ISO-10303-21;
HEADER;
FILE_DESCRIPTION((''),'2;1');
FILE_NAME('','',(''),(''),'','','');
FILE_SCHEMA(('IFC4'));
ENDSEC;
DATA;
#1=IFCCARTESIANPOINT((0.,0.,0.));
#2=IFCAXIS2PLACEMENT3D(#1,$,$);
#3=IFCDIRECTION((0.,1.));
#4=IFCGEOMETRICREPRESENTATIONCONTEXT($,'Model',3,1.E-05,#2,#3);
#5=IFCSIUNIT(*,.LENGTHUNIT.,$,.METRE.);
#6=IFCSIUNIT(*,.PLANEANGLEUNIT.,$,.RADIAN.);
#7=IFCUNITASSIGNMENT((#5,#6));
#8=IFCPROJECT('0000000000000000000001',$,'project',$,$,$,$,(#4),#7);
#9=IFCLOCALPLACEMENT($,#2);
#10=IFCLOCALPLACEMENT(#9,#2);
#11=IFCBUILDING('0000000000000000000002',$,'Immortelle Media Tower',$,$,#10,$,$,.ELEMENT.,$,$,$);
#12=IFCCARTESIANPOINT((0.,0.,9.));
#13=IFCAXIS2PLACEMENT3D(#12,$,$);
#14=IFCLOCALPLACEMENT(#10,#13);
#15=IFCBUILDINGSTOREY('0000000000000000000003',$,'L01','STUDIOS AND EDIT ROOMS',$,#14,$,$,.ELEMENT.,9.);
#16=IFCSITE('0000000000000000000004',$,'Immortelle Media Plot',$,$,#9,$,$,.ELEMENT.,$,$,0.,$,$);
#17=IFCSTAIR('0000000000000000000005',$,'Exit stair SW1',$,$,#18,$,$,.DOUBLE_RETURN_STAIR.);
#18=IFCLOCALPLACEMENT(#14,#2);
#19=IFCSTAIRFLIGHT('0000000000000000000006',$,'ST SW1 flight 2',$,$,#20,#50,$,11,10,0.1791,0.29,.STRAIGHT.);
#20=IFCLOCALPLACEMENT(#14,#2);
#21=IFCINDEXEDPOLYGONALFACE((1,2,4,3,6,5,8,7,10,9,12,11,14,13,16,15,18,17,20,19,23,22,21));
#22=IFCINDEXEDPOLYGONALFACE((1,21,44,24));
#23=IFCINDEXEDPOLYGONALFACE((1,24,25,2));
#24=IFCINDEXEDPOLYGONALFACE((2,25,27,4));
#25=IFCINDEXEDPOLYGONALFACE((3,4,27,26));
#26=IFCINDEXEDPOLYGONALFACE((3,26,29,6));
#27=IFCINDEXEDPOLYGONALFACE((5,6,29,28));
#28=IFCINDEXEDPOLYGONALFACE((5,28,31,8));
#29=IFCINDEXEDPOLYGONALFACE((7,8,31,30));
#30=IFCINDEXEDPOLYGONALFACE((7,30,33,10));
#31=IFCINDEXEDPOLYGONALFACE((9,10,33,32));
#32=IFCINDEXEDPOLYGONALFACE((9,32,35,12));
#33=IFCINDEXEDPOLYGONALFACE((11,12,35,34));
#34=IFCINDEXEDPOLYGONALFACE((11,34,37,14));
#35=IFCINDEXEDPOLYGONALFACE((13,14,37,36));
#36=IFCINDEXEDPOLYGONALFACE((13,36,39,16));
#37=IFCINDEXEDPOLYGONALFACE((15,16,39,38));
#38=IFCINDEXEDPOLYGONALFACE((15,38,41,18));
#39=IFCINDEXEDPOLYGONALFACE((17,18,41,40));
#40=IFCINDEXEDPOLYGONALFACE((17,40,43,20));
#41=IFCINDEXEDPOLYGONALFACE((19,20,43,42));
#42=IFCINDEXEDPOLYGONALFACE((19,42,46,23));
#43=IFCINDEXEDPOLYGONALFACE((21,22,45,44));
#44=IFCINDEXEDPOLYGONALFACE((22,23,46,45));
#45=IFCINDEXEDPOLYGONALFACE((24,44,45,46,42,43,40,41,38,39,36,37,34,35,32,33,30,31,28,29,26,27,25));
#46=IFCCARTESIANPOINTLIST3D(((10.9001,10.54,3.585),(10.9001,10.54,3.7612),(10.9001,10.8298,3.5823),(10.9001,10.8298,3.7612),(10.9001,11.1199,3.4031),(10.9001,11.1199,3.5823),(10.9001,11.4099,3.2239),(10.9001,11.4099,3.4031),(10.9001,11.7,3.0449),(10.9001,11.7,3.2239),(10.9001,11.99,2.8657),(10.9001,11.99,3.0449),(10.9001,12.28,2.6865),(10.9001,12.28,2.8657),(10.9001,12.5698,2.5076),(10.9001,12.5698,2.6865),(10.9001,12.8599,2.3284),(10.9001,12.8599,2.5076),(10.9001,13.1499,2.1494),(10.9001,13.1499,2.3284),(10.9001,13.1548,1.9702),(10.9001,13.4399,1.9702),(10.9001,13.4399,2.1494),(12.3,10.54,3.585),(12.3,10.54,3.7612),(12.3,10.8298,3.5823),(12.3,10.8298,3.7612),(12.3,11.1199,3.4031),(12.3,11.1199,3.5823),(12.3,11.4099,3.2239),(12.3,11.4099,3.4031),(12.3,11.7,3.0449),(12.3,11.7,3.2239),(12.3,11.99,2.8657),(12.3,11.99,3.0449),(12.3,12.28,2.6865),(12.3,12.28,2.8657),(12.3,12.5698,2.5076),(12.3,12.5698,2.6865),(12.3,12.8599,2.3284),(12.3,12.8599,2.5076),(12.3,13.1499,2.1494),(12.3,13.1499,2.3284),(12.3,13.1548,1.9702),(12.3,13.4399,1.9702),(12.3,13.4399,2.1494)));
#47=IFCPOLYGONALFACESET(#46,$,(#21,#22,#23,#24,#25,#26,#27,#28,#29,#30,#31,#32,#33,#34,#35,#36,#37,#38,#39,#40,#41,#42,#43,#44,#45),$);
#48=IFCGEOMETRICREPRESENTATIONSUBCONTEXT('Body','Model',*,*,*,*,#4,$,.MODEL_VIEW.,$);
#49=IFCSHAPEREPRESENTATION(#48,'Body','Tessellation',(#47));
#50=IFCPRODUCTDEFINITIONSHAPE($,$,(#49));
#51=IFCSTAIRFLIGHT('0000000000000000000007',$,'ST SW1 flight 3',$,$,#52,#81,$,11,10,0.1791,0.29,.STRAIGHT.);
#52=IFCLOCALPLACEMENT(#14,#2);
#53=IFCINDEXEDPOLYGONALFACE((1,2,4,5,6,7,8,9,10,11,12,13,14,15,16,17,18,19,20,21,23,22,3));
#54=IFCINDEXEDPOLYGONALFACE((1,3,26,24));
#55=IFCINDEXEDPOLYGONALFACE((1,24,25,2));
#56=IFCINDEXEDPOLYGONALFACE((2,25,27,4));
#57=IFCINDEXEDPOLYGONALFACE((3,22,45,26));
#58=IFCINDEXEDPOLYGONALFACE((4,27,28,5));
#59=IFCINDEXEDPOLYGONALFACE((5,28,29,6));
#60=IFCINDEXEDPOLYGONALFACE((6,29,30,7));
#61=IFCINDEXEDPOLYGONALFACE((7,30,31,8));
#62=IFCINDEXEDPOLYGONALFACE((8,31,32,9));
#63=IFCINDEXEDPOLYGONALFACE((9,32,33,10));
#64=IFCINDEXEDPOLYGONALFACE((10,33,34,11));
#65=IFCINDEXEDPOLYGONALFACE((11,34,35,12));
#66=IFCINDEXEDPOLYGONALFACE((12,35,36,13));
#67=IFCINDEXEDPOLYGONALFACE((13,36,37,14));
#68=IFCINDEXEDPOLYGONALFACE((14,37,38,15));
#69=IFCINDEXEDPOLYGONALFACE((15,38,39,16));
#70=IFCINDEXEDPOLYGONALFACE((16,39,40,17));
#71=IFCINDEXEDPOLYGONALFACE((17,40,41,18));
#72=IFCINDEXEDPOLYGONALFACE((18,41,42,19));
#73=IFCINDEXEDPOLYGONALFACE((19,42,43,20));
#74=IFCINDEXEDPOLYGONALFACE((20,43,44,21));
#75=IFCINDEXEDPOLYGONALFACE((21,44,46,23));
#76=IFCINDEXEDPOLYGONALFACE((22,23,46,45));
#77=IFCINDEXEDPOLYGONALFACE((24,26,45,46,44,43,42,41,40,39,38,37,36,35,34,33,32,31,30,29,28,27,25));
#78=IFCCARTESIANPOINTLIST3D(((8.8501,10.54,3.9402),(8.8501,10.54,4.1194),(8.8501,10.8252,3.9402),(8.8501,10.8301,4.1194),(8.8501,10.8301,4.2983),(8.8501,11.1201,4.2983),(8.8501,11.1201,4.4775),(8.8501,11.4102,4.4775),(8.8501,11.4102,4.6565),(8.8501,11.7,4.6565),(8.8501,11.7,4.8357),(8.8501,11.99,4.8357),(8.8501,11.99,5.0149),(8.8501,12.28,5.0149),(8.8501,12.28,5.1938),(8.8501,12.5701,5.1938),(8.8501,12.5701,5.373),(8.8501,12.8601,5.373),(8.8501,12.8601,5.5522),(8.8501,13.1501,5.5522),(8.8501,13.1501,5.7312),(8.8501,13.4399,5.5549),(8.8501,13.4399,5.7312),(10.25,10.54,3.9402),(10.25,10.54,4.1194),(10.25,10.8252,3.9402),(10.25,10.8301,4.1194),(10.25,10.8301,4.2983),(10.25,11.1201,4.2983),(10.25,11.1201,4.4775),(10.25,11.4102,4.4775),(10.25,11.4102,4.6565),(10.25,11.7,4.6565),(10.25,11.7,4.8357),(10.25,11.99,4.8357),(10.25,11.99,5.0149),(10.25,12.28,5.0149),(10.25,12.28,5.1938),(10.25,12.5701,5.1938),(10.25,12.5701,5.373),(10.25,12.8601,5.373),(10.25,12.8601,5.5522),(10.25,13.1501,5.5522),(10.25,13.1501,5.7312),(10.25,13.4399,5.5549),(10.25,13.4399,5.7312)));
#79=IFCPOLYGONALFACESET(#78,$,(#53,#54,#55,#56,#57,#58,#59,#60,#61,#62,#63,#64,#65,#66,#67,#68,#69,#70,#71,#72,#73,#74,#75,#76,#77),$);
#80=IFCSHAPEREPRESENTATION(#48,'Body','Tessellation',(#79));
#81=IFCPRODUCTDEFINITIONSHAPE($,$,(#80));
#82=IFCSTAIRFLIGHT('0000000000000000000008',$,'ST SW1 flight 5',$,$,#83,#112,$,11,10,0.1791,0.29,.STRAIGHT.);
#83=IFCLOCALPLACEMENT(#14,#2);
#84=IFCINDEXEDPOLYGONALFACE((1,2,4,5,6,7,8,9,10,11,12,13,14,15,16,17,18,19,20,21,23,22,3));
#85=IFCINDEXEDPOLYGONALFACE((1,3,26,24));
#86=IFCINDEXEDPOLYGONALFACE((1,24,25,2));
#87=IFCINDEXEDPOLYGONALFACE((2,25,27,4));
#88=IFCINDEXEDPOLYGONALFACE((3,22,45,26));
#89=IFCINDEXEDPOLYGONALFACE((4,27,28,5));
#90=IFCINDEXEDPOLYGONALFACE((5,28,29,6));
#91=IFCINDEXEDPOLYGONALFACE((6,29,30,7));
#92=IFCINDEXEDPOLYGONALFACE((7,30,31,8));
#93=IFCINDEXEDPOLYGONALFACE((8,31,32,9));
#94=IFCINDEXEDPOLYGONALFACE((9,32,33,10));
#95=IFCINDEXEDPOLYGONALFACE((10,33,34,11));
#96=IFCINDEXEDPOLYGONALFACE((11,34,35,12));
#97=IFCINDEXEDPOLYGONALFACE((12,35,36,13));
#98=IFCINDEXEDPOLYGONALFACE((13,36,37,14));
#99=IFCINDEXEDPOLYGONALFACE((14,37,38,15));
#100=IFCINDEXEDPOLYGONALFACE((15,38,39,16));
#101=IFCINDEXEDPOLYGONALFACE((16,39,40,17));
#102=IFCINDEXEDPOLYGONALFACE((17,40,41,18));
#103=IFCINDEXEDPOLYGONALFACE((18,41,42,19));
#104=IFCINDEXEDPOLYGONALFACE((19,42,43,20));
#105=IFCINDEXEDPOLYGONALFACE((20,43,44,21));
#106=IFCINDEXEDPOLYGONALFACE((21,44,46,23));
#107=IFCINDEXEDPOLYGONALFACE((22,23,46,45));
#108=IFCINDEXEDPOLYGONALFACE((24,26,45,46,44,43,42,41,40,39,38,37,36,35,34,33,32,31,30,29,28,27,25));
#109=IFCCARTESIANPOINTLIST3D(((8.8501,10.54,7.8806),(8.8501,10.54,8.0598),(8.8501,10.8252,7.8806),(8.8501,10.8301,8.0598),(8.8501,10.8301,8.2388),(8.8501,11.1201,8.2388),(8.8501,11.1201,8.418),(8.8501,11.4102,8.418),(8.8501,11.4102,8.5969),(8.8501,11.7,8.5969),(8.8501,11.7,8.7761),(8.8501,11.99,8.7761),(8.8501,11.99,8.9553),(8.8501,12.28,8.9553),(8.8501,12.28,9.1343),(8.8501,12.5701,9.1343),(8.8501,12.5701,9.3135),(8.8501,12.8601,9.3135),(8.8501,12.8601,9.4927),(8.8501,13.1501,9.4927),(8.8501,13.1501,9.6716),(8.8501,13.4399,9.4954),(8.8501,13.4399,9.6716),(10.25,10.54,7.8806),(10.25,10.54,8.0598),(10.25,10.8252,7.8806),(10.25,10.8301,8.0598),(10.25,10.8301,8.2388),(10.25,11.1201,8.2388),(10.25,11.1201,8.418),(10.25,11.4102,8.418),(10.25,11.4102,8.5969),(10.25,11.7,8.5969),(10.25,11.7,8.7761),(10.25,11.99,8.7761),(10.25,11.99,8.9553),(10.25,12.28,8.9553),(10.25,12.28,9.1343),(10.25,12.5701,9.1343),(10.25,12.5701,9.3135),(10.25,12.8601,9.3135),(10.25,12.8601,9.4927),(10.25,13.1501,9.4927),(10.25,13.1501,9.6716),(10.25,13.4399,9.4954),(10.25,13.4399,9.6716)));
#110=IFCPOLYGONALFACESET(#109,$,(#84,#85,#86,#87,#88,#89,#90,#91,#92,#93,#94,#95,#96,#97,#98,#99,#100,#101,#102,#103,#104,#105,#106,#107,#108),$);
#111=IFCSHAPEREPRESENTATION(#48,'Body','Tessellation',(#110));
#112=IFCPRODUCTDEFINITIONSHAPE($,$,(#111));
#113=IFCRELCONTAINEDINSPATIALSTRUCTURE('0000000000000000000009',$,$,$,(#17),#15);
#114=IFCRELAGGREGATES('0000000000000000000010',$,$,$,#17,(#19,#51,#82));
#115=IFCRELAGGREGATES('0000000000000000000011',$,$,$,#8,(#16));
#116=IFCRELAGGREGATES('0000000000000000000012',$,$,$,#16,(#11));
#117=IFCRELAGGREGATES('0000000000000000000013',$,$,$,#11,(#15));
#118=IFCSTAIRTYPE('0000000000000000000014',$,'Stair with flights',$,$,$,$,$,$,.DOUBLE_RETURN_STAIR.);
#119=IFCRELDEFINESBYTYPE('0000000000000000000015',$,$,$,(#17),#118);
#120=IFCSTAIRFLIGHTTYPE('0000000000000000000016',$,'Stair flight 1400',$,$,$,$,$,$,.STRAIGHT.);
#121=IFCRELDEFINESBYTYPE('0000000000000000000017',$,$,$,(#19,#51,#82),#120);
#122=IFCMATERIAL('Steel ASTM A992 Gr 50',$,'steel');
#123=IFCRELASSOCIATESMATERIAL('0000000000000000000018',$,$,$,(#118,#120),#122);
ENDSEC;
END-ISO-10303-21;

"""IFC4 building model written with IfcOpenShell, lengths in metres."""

from ifc_helpers import new_model, si_unit, direction, frame, origin, place, context, subcontext, project, spatial, polyline, outline, extrude, material, type_object, element, aggregate, save


model = new_model("IFC4")

# Units and contexts
model_context = context("Model", 3, precision=1e-05, world=origin(), true_north=direction((0.0, 1.0)))
body_context = subcontext(model_context, "Body", "Model", "MODEL_VIEW")
ifc_project = project(units=[si_unit("LENGTHUNIT", "METRE"), si_unit("PLANEANGLEUNIT", "RADIAN")], contexts=[model_context])

# Site, building, storey
site_placement = place(None, origin())
site = spatial("IfcSite", under=ifc_project, at=site_placement, Name="Immortelle Media Plot", CompositionType="ELEMENT", RefElevation=0.0)
building_placement = place(site_placement, origin())
building = spatial("IfcBuilding", under=site, at=building_placement, Name="Immortelle Media Tower", CompositionType="ELEMENT")
storey_placement = place(building_placement, frame((0.0, 0.0, 9.0)))
storey = spatial("IfcBuildingStorey", under=building, at=storey_placement, Name="L01", Description="STUDIOS AND EDIT ROOMS", CompositionType="ELEMENT", Elevation=9.0)

# Shared definitions
ifc_material_1 = material(Name="Steel ASTM A992 Gr 50", Category="steel")

# Stair, stair flights
stair_type = type_object("IfcStairType", Name="Stair with flights", PredefinedType="DOUBLE_RETURN_STAIR", material=ifc_material_1)
stair_placement = place(storey_placement, origin())
stair = element("IfcStair", 1, at=stair_placement, inside=storey, type_object=stair_type, Name="Exit stair SW1", PredefinedType="DOUBLE_RETURN_STAIR")
stair_flight_type = type_object("IfcStairFlightType", Name="Stair flight 1400", PredefinedType="STRAIGHT", material=ifc_material_1)
stair_flight_1_placement = place(storey_placement, frame((11.6001, 13.4399, 1.9702), z_axis=(0.0, 0.0, 1.0), x_axis=(0.0, -1.0, 0.0)))
stair_flight_1 = element("IfcStairFlight", 2, at=stair_flight_1_placement, type_object=stair_flight_type, Name="ST SW1 flight 2", NumberOfRisers=11, NumberOfTreads=10, PredefinedType="STRAIGHT", RiserHeight=0.1791, TreadLength=0.29, context=body_context, shape_type="SweptSolid", body=[
    extrude(outline(polyline([(0.0, 0.0), (0.0, 0.1792), (0.29, 0.1792), (0.29, 0.3582), (0.5801, 0.3582), (0.5801, 0.5374), (0.8701, 0.5374), (0.8701, 0.7163), (1.1599, 0.7163), (1.1599, 0.8955), (1.45, 0.8955), (1.45, 1.0747), (1.74, 1.0747), (1.74, 1.2537), (2.03, 1.2537), (2.03, 1.4329), (2.3201, 1.4329), (2.3201, 1.6121), (2.6101, 1.6121), (2.6101, 1.791), (2.8999, 1.791), (2.8999, 1.9702), (2.8999, 1.6147), (0.2852, 0.0), (0.0, 0.0)])), frame((0.0, 0.7, 0.0), z_axis=(0.0, -1.0, 0.0), x_axis=(1.0, 0.0, 0.0)), (0.0, 0.0, 1.0), 1.3999),
])
stair_flight_2_placement = place(storey_placement, frame((9.55, 10.54, 3.9402), z_axis=(0.0, 0.0, 1.0), x_axis=(0.0, 1.0, 0.0)))
stair_flight_2 = element("IfcStairFlight", 3, at=stair_flight_2_placement, type_object=stair_flight_type, Name="ST SW1 flight 3", NumberOfRisers=11, NumberOfTreads=10, PredefinedType="STRAIGHT", RiserHeight=0.1791, TreadLength=0.29, context=body_context, shape_type="SweptSolid", body=[
    extrude(outline(polyline([(0.0, 0.0), (0.0, 0.1792), (0.29, 0.1792), (0.29, 0.3582), (0.5801, 0.3582), (0.5801, 0.5374), (0.8701, 0.5374), (0.8701, 0.7163), (1.1599, 0.7163), (1.1599, 0.8955), (1.45, 0.8955), (1.45, 1.0747), (1.74, 1.0747), (1.74, 1.2537), (2.03, 1.2537), (2.03, 1.4329), (2.3201, 1.4329), (2.3201, 1.6121), (2.6101, 1.6121), (2.6101, 1.791), (2.8999, 1.791), (2.8999, 1.9702), (2.8999, 1.6147), (0.2852, 0.0), (0.0, 0.0)])), frame((0.0, 0.7, 0.0), z_axis=(0.0, -1.0, 0.0), x_axis=(1.0, 0.0, 0.0)), (0.0, 0.0, 1.0), 1.3999),
])
stair_flight_3_placement = place(storey_placement, frame((9.55, 10.54, 7.8806), z_axis=(0.0, 0.0, 1.0), x_axis=(0.0, 1.0, 0.0)))
stair_flight_3 = element("IfcStairFlight", 4, at=stair_flight_3_placement, type_object=stair_flight_type, Name="ST SW1 flight 5", NumberOfRisers=11, NumberOfTreads=10, PredefinedType="STRAIGHT", RiserHeight=0.1791, TreadLength=0.29, context=body_context, shape_type="SweptSolid", body=[
    extrude(outline(polyline([(0.0, 0.0), (0.0, 0.1792), (0.29, 0.1792), (0.29, 0.3582), (0.5801, 0.3582), (0.5801, 0.5374), (0.8701, 0.5374), (0.8701, 0.7163), (1.1599, 0.7163), (1.1599, 0.8955), (1.45, 0.8955), (1.45, 1.0747), (1.74, 1.0747), (1.74, 1.2537), (2.03, 1.2537), (2.03, 1.4329), (2.3201, 1.4329), (2.3201, 1.6121), (2.6101, 1.6121), (2.6101, 1.791), (2.8999, 1.791), (2.8999, 1.9702), (2.8999, 1.6147), (0.2852, 0.0), (0.0, 0.0)])), frame((0.0, 0.7, 0.0), z_axis=(0.0, -1.0, 0.0), x_axis=(1.0, 0.0, 0.0)), (0.0, 0.0, 1.0), 1.3999),
])
aggregate(stair, [stair_flight_1, stair_flight_2, stair_flight_3])

save(model, "model.ifc")
